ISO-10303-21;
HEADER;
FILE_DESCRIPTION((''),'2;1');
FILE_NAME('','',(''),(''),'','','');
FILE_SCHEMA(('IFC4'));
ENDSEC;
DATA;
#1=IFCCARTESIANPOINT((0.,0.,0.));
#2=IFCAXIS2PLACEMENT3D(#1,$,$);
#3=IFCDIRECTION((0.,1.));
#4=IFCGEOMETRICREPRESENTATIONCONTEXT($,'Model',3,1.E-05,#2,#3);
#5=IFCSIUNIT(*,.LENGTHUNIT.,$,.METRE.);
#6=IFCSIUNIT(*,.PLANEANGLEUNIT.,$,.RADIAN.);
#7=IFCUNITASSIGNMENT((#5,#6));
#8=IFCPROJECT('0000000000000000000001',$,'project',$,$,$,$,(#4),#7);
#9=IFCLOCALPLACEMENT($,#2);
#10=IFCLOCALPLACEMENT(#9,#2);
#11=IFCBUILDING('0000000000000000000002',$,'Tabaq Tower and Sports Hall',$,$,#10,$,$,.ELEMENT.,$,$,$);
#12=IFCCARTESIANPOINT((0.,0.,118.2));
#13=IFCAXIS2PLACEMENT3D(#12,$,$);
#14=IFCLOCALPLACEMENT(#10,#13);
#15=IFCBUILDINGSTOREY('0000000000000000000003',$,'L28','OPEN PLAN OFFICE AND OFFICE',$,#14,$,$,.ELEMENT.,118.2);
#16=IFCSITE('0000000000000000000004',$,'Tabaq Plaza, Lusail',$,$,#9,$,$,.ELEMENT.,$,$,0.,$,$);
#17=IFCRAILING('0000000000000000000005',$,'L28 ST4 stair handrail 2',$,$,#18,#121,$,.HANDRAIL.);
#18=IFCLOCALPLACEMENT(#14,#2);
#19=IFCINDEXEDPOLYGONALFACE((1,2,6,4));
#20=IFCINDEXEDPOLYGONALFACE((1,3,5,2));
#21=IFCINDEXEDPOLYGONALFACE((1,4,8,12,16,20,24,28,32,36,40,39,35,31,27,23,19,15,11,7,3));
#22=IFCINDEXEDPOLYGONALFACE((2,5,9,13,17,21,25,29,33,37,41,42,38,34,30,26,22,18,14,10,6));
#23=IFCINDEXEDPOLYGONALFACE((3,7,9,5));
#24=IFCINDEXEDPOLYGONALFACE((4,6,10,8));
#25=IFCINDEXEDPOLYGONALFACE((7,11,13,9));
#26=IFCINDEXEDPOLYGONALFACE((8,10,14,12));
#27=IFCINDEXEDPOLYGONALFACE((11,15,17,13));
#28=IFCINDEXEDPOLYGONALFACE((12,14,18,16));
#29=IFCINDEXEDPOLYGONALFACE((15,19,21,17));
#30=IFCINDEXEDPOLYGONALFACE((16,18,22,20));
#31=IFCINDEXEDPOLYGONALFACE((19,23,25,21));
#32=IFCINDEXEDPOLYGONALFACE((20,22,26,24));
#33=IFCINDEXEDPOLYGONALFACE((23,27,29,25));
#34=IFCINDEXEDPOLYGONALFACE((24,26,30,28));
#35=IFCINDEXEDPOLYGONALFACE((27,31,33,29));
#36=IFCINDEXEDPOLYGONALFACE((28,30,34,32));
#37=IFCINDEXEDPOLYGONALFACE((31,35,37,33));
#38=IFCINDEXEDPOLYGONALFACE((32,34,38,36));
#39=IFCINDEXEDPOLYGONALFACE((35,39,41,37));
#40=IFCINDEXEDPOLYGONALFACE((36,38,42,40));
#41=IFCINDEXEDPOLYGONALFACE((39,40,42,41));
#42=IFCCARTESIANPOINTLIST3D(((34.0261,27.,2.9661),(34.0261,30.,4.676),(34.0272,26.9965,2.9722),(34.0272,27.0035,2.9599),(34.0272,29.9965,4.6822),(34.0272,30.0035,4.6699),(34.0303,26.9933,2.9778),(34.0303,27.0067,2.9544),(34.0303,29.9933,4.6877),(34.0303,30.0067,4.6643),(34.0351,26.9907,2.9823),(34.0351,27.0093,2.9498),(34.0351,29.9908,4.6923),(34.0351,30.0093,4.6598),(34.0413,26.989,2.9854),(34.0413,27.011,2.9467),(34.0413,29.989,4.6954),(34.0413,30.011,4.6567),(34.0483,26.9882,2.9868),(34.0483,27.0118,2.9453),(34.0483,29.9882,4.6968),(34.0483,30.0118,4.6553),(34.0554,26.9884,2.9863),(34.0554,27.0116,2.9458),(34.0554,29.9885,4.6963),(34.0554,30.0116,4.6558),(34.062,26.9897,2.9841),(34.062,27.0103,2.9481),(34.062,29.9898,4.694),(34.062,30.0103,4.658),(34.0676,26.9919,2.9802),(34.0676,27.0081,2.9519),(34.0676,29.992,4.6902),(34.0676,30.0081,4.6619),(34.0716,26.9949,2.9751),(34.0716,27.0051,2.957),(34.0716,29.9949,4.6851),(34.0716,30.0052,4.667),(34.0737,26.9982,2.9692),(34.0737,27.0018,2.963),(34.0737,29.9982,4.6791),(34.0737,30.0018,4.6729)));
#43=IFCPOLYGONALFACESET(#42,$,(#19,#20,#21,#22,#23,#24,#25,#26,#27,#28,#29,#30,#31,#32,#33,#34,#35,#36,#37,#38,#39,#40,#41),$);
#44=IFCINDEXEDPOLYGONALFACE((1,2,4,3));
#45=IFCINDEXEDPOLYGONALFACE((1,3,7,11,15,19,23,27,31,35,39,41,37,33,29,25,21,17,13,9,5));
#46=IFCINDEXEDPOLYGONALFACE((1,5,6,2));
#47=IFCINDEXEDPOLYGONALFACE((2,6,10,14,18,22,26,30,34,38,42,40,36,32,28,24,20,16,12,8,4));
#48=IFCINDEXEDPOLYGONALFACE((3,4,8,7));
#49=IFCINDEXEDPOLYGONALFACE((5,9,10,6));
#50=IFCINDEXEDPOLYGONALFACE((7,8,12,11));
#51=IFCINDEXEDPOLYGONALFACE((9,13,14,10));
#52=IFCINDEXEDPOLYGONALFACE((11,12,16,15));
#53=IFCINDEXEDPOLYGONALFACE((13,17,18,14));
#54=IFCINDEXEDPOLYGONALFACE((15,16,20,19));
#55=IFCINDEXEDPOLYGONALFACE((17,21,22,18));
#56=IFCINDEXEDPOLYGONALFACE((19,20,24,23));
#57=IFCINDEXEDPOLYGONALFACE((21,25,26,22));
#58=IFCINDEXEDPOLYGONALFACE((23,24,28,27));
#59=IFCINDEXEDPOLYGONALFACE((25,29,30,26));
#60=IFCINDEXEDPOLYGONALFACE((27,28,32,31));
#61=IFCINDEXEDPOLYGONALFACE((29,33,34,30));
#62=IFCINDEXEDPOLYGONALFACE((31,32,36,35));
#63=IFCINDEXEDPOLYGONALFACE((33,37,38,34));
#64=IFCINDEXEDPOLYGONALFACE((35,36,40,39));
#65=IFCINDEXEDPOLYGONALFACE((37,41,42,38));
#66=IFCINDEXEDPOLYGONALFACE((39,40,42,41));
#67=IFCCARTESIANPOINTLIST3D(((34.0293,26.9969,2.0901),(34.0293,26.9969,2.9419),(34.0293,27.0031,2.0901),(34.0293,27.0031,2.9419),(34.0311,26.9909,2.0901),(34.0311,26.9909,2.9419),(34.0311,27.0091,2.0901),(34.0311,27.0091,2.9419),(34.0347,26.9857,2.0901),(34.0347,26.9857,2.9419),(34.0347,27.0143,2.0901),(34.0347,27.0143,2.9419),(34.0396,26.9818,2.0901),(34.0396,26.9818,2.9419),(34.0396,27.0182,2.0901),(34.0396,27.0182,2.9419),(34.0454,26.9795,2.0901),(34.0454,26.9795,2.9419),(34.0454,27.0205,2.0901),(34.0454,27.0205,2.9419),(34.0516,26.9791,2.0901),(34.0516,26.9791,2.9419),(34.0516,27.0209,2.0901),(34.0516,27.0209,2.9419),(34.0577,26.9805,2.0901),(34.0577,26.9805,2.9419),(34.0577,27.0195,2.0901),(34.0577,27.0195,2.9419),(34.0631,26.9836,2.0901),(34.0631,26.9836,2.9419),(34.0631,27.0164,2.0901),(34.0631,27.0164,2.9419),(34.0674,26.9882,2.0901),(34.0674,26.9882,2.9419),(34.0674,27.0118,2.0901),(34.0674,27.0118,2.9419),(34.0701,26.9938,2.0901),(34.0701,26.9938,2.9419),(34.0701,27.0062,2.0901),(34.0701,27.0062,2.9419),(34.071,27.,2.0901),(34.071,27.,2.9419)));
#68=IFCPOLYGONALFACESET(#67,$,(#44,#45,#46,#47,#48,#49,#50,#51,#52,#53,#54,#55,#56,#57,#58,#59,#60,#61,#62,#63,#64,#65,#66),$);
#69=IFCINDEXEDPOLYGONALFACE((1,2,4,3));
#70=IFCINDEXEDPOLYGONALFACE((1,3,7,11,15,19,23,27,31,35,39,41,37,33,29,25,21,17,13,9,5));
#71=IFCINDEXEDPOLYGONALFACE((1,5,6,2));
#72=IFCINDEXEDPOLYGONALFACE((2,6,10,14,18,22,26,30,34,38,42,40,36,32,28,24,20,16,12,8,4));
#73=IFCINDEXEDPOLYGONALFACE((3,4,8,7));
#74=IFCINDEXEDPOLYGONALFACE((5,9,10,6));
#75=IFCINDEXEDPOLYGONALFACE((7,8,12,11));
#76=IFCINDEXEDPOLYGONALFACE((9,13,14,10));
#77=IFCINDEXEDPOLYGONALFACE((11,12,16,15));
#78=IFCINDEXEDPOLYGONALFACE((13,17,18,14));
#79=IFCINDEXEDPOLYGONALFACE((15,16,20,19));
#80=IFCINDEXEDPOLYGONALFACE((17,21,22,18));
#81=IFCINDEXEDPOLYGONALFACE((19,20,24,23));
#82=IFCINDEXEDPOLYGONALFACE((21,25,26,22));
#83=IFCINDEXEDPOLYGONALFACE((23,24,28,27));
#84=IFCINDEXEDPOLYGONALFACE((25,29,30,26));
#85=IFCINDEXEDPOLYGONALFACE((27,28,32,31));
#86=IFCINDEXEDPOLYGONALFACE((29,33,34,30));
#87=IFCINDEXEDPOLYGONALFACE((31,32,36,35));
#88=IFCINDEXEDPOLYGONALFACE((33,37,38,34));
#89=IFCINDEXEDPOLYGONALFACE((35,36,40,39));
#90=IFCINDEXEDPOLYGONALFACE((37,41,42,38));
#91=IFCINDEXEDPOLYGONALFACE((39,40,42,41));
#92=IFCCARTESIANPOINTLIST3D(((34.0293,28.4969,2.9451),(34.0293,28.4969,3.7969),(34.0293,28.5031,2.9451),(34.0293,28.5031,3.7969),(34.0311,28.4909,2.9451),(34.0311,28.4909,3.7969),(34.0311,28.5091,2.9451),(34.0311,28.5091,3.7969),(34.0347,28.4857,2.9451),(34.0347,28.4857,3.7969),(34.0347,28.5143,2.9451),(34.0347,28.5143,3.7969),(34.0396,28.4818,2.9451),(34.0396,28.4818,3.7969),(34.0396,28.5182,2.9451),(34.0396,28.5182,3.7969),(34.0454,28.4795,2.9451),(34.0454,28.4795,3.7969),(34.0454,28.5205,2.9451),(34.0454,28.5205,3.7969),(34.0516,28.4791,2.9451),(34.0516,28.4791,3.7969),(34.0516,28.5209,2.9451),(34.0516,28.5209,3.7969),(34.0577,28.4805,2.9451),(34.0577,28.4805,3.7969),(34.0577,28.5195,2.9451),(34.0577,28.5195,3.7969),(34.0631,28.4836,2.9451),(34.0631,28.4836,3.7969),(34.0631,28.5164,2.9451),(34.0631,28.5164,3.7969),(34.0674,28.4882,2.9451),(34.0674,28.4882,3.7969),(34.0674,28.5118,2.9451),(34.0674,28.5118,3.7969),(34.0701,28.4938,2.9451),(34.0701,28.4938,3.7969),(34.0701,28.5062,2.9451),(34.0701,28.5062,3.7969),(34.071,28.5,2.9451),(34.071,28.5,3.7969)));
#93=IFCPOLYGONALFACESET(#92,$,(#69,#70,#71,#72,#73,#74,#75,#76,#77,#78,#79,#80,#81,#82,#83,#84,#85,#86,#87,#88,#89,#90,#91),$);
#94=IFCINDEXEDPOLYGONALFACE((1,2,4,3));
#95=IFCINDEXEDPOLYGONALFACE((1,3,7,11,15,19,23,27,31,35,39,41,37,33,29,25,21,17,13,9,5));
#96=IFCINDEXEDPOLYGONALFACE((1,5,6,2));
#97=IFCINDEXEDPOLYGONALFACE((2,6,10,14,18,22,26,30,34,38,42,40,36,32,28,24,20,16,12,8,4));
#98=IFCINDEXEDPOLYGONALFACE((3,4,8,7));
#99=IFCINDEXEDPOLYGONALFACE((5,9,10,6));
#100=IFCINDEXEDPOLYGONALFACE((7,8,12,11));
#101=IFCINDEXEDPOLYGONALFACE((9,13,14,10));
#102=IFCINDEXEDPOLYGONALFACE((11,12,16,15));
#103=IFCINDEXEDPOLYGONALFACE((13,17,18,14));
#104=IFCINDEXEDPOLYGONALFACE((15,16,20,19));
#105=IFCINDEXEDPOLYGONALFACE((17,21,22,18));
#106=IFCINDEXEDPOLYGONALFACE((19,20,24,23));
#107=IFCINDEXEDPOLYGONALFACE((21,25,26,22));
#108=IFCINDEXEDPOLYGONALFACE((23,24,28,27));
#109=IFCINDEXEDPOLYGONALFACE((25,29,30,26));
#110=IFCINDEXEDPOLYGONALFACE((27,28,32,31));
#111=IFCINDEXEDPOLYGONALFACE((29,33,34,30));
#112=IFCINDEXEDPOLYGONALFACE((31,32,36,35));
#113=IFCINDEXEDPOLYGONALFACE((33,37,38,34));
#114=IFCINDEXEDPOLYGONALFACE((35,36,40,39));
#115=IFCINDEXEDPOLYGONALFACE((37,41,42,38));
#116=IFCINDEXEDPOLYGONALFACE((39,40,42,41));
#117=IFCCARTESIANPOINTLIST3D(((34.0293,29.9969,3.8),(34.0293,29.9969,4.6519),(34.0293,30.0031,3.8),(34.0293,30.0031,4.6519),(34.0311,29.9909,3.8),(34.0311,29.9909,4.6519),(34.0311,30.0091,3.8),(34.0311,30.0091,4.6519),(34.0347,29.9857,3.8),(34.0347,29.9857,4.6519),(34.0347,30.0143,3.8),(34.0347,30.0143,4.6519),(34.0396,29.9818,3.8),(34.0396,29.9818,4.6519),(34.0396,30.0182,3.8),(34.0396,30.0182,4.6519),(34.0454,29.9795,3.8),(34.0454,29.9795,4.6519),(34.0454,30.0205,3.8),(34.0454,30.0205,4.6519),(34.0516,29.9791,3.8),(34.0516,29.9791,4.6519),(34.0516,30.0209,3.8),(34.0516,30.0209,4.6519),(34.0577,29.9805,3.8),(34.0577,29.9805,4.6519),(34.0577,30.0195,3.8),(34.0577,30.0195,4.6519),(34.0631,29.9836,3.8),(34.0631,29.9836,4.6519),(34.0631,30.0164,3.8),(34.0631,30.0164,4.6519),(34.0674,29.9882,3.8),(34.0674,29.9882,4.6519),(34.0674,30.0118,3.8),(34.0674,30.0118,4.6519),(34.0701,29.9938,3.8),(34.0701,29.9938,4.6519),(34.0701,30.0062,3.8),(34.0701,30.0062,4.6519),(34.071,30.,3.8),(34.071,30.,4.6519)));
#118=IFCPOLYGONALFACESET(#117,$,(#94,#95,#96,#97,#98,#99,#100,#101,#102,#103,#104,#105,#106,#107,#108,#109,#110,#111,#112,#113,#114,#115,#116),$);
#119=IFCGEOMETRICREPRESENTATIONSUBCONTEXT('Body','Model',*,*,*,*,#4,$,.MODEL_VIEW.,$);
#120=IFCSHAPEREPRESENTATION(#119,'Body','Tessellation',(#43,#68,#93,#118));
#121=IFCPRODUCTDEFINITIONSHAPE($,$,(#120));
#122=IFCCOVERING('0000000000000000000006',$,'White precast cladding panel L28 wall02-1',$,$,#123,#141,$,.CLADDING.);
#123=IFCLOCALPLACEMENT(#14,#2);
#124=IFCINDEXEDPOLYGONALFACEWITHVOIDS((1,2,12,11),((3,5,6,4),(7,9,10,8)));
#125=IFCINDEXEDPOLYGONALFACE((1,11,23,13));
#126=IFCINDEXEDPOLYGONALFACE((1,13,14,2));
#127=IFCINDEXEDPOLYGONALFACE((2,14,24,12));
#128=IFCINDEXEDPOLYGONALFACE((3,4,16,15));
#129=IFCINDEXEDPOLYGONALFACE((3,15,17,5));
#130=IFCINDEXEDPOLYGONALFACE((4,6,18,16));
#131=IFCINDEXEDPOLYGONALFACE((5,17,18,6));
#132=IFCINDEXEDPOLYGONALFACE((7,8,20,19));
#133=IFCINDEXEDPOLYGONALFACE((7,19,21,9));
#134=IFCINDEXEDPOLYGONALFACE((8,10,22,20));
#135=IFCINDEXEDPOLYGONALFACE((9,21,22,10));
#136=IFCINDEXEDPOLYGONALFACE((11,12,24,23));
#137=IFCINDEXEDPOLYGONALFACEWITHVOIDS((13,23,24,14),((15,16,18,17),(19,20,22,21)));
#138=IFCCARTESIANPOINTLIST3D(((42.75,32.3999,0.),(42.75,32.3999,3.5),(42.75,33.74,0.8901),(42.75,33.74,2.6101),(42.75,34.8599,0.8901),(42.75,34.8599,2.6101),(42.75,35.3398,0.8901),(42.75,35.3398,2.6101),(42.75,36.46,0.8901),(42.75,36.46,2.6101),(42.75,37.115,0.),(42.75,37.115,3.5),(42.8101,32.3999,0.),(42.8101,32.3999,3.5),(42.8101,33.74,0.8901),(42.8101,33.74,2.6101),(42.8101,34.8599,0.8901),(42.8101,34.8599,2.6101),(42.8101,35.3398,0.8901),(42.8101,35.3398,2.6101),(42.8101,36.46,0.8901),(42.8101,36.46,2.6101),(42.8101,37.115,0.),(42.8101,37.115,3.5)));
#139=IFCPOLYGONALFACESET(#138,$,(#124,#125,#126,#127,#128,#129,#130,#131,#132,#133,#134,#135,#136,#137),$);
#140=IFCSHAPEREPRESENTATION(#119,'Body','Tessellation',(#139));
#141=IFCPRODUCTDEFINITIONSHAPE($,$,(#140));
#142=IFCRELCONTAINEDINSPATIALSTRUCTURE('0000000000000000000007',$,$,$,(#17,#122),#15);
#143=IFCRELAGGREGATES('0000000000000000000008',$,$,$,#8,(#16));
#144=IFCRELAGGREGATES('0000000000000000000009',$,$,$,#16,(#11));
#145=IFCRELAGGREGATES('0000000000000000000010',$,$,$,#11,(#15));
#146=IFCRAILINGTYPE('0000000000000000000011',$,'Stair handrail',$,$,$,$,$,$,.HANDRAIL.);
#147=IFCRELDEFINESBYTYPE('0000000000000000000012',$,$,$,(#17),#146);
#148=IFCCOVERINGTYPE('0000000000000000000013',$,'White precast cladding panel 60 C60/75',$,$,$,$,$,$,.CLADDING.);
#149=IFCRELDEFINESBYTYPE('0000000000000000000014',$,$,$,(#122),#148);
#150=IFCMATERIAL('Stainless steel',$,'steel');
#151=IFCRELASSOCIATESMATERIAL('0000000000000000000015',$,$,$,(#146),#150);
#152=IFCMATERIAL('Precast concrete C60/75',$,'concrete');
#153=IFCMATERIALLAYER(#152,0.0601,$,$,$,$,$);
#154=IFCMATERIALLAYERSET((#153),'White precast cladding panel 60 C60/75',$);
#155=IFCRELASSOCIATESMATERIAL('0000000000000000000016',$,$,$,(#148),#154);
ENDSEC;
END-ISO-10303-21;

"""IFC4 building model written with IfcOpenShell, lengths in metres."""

from ifc_helpers import new_model, si_unit, direction, frame, origin, origin_2d, place, context, subcontext, project, spatial, polyline, circle, outline, extrude, material, layer, layer_set, type_object, element, save


model = new_model("IFC4")

# Units and contexts
model_context = context("Model", 3, precision=1e-05, world=origin(), true_north=direction((0.0, 1.0)))
body_context = subcontext(model_context, "Body", "Model", "MODEL_VIEW")
ifc_project = project(units=[si_unit("LENGTHUNIT", "METRE"), si_unit("PLANEANGLEUNIT", "RADIAN")], contexts=[model_context])

# Site, building, storey
site_placement = place(None, origin())
site = spatial("IfcSite", under=ifc_project, at=site_placement, Name="Tabaq Plaza, Lusail", CompositionType="ELEMENT", RefElevation=0.0)
building_placement = place(site_placement, origin())
building = spatial("IfcBuilding", under=site, at=building_placement, Name="Tabaq Tower and Sports Hall", CompositionType="ELEMENT")
storey_placement = place(building_placement, frame((0.0, 0.0, 118.2)))
storey = spatial("IfcBuildingStorey", under=building, at=storey_placement, Name="L28", Description="OPEN PLAN OFFICE AND OFFICE", CompositionType="ELEMENT", Elevation=118.2)

# Railing
ifc_material_1 = material(Name="Stainless steel", Category="steel")
railing_type_1 = type_object("IfcRailingType", Name="Stair handrail", PredefinedType="HANDRAIL", material=ifc_material_1)
railing_1_placement = place(storey_placement, frame((34.05, 27.0, 2.0901)))
element("IfcRailing", 1, at=railing_1_placement, inside=storey, type_object=railing_type_1, Name="L28 ST4 stair handrail 2", PredefinedType="HANDRAIL", context=body_context, shape_type="SweptSolid", body=[
    extrude(circle(Radius=0.0239, at=origin_2d()), frame((0.0, 0.0, 0.876), z_axis=(0.0, 0.868782, 0.495195), x_axis=(-1.0, 0.0, 0.0)), (0.0, 0.0, 1.0), 3.4531),
    extrude(circle(Radius=0.021, at=origin_2d()), origin(), (0.0, 0.0, 1.0), 0.8518),
    extrude(circle(Radius=0.021, at=origin_2d()), frame((0.0, 1.5, 0.855)), (0.0, 0.0, 1.0), 0.8518),
    extrude(circle(Radius=0.021, at=origin_2d()), frame((0.0, 3.0, 1.71)), (0.0, 0.0, 1.0), 0.8518),
])

# Covering
ifc_material_2 = material(Name="Precast concrete C60/75", Category="concrete")
ifc_layer_1 = layer(ifc_material_2, 0.0601)
ifc_layer_set_1 = layer_set([ifc_layer_1], Name="White precast cladding panel 60 C60/75")
covering_type = type_object("IfcCoveringType", Name="White precast cladding panel 60 C60/75", PredefinedType="CLADDING", material=ifc_layer_set_1)
covering_placement = place(storey_placement, frame((42.78, 32.3999, 0.0), z_axis=(0.0, 0.0, 1.0), x_axis=(0.0, 1.0, 0.0)))
element("IfcCovering", 2, at=covering_placement, inside=storey, type_object=covering_type, Name="White precast cladding panel L28 wall02-1", PredefinedType="CLADDING", context=body_context, shape_type="SweptSolid", body=[
    extrude(outline(polyline([(0.0, 0.0), (4.7151, 0.0), (4.7151, 3.5), (0.0, 3.5), (0.0, 0.0)]), holes=[polyline([(1.3401, 2.6101), (2.46, 2.6101), (2.46, 0.8901), (1.3401, 0.8901), (1.3401, 2.6101)]), polyline([(2.9399, 2.6101), (4.0601, 2.6101), (4.0601, 0.8901), (2.9399, 0.8901), (2.9399, 2.6101)])]), frame((0.0, 0.03, 0.0), z_axis=(0.0, -1.0, 0.0), x_axis=(1.0, 0.0, 0.0)), (0.0, 0.0, 1.0), 0.0601),
])

save(model, "model.ifc")
